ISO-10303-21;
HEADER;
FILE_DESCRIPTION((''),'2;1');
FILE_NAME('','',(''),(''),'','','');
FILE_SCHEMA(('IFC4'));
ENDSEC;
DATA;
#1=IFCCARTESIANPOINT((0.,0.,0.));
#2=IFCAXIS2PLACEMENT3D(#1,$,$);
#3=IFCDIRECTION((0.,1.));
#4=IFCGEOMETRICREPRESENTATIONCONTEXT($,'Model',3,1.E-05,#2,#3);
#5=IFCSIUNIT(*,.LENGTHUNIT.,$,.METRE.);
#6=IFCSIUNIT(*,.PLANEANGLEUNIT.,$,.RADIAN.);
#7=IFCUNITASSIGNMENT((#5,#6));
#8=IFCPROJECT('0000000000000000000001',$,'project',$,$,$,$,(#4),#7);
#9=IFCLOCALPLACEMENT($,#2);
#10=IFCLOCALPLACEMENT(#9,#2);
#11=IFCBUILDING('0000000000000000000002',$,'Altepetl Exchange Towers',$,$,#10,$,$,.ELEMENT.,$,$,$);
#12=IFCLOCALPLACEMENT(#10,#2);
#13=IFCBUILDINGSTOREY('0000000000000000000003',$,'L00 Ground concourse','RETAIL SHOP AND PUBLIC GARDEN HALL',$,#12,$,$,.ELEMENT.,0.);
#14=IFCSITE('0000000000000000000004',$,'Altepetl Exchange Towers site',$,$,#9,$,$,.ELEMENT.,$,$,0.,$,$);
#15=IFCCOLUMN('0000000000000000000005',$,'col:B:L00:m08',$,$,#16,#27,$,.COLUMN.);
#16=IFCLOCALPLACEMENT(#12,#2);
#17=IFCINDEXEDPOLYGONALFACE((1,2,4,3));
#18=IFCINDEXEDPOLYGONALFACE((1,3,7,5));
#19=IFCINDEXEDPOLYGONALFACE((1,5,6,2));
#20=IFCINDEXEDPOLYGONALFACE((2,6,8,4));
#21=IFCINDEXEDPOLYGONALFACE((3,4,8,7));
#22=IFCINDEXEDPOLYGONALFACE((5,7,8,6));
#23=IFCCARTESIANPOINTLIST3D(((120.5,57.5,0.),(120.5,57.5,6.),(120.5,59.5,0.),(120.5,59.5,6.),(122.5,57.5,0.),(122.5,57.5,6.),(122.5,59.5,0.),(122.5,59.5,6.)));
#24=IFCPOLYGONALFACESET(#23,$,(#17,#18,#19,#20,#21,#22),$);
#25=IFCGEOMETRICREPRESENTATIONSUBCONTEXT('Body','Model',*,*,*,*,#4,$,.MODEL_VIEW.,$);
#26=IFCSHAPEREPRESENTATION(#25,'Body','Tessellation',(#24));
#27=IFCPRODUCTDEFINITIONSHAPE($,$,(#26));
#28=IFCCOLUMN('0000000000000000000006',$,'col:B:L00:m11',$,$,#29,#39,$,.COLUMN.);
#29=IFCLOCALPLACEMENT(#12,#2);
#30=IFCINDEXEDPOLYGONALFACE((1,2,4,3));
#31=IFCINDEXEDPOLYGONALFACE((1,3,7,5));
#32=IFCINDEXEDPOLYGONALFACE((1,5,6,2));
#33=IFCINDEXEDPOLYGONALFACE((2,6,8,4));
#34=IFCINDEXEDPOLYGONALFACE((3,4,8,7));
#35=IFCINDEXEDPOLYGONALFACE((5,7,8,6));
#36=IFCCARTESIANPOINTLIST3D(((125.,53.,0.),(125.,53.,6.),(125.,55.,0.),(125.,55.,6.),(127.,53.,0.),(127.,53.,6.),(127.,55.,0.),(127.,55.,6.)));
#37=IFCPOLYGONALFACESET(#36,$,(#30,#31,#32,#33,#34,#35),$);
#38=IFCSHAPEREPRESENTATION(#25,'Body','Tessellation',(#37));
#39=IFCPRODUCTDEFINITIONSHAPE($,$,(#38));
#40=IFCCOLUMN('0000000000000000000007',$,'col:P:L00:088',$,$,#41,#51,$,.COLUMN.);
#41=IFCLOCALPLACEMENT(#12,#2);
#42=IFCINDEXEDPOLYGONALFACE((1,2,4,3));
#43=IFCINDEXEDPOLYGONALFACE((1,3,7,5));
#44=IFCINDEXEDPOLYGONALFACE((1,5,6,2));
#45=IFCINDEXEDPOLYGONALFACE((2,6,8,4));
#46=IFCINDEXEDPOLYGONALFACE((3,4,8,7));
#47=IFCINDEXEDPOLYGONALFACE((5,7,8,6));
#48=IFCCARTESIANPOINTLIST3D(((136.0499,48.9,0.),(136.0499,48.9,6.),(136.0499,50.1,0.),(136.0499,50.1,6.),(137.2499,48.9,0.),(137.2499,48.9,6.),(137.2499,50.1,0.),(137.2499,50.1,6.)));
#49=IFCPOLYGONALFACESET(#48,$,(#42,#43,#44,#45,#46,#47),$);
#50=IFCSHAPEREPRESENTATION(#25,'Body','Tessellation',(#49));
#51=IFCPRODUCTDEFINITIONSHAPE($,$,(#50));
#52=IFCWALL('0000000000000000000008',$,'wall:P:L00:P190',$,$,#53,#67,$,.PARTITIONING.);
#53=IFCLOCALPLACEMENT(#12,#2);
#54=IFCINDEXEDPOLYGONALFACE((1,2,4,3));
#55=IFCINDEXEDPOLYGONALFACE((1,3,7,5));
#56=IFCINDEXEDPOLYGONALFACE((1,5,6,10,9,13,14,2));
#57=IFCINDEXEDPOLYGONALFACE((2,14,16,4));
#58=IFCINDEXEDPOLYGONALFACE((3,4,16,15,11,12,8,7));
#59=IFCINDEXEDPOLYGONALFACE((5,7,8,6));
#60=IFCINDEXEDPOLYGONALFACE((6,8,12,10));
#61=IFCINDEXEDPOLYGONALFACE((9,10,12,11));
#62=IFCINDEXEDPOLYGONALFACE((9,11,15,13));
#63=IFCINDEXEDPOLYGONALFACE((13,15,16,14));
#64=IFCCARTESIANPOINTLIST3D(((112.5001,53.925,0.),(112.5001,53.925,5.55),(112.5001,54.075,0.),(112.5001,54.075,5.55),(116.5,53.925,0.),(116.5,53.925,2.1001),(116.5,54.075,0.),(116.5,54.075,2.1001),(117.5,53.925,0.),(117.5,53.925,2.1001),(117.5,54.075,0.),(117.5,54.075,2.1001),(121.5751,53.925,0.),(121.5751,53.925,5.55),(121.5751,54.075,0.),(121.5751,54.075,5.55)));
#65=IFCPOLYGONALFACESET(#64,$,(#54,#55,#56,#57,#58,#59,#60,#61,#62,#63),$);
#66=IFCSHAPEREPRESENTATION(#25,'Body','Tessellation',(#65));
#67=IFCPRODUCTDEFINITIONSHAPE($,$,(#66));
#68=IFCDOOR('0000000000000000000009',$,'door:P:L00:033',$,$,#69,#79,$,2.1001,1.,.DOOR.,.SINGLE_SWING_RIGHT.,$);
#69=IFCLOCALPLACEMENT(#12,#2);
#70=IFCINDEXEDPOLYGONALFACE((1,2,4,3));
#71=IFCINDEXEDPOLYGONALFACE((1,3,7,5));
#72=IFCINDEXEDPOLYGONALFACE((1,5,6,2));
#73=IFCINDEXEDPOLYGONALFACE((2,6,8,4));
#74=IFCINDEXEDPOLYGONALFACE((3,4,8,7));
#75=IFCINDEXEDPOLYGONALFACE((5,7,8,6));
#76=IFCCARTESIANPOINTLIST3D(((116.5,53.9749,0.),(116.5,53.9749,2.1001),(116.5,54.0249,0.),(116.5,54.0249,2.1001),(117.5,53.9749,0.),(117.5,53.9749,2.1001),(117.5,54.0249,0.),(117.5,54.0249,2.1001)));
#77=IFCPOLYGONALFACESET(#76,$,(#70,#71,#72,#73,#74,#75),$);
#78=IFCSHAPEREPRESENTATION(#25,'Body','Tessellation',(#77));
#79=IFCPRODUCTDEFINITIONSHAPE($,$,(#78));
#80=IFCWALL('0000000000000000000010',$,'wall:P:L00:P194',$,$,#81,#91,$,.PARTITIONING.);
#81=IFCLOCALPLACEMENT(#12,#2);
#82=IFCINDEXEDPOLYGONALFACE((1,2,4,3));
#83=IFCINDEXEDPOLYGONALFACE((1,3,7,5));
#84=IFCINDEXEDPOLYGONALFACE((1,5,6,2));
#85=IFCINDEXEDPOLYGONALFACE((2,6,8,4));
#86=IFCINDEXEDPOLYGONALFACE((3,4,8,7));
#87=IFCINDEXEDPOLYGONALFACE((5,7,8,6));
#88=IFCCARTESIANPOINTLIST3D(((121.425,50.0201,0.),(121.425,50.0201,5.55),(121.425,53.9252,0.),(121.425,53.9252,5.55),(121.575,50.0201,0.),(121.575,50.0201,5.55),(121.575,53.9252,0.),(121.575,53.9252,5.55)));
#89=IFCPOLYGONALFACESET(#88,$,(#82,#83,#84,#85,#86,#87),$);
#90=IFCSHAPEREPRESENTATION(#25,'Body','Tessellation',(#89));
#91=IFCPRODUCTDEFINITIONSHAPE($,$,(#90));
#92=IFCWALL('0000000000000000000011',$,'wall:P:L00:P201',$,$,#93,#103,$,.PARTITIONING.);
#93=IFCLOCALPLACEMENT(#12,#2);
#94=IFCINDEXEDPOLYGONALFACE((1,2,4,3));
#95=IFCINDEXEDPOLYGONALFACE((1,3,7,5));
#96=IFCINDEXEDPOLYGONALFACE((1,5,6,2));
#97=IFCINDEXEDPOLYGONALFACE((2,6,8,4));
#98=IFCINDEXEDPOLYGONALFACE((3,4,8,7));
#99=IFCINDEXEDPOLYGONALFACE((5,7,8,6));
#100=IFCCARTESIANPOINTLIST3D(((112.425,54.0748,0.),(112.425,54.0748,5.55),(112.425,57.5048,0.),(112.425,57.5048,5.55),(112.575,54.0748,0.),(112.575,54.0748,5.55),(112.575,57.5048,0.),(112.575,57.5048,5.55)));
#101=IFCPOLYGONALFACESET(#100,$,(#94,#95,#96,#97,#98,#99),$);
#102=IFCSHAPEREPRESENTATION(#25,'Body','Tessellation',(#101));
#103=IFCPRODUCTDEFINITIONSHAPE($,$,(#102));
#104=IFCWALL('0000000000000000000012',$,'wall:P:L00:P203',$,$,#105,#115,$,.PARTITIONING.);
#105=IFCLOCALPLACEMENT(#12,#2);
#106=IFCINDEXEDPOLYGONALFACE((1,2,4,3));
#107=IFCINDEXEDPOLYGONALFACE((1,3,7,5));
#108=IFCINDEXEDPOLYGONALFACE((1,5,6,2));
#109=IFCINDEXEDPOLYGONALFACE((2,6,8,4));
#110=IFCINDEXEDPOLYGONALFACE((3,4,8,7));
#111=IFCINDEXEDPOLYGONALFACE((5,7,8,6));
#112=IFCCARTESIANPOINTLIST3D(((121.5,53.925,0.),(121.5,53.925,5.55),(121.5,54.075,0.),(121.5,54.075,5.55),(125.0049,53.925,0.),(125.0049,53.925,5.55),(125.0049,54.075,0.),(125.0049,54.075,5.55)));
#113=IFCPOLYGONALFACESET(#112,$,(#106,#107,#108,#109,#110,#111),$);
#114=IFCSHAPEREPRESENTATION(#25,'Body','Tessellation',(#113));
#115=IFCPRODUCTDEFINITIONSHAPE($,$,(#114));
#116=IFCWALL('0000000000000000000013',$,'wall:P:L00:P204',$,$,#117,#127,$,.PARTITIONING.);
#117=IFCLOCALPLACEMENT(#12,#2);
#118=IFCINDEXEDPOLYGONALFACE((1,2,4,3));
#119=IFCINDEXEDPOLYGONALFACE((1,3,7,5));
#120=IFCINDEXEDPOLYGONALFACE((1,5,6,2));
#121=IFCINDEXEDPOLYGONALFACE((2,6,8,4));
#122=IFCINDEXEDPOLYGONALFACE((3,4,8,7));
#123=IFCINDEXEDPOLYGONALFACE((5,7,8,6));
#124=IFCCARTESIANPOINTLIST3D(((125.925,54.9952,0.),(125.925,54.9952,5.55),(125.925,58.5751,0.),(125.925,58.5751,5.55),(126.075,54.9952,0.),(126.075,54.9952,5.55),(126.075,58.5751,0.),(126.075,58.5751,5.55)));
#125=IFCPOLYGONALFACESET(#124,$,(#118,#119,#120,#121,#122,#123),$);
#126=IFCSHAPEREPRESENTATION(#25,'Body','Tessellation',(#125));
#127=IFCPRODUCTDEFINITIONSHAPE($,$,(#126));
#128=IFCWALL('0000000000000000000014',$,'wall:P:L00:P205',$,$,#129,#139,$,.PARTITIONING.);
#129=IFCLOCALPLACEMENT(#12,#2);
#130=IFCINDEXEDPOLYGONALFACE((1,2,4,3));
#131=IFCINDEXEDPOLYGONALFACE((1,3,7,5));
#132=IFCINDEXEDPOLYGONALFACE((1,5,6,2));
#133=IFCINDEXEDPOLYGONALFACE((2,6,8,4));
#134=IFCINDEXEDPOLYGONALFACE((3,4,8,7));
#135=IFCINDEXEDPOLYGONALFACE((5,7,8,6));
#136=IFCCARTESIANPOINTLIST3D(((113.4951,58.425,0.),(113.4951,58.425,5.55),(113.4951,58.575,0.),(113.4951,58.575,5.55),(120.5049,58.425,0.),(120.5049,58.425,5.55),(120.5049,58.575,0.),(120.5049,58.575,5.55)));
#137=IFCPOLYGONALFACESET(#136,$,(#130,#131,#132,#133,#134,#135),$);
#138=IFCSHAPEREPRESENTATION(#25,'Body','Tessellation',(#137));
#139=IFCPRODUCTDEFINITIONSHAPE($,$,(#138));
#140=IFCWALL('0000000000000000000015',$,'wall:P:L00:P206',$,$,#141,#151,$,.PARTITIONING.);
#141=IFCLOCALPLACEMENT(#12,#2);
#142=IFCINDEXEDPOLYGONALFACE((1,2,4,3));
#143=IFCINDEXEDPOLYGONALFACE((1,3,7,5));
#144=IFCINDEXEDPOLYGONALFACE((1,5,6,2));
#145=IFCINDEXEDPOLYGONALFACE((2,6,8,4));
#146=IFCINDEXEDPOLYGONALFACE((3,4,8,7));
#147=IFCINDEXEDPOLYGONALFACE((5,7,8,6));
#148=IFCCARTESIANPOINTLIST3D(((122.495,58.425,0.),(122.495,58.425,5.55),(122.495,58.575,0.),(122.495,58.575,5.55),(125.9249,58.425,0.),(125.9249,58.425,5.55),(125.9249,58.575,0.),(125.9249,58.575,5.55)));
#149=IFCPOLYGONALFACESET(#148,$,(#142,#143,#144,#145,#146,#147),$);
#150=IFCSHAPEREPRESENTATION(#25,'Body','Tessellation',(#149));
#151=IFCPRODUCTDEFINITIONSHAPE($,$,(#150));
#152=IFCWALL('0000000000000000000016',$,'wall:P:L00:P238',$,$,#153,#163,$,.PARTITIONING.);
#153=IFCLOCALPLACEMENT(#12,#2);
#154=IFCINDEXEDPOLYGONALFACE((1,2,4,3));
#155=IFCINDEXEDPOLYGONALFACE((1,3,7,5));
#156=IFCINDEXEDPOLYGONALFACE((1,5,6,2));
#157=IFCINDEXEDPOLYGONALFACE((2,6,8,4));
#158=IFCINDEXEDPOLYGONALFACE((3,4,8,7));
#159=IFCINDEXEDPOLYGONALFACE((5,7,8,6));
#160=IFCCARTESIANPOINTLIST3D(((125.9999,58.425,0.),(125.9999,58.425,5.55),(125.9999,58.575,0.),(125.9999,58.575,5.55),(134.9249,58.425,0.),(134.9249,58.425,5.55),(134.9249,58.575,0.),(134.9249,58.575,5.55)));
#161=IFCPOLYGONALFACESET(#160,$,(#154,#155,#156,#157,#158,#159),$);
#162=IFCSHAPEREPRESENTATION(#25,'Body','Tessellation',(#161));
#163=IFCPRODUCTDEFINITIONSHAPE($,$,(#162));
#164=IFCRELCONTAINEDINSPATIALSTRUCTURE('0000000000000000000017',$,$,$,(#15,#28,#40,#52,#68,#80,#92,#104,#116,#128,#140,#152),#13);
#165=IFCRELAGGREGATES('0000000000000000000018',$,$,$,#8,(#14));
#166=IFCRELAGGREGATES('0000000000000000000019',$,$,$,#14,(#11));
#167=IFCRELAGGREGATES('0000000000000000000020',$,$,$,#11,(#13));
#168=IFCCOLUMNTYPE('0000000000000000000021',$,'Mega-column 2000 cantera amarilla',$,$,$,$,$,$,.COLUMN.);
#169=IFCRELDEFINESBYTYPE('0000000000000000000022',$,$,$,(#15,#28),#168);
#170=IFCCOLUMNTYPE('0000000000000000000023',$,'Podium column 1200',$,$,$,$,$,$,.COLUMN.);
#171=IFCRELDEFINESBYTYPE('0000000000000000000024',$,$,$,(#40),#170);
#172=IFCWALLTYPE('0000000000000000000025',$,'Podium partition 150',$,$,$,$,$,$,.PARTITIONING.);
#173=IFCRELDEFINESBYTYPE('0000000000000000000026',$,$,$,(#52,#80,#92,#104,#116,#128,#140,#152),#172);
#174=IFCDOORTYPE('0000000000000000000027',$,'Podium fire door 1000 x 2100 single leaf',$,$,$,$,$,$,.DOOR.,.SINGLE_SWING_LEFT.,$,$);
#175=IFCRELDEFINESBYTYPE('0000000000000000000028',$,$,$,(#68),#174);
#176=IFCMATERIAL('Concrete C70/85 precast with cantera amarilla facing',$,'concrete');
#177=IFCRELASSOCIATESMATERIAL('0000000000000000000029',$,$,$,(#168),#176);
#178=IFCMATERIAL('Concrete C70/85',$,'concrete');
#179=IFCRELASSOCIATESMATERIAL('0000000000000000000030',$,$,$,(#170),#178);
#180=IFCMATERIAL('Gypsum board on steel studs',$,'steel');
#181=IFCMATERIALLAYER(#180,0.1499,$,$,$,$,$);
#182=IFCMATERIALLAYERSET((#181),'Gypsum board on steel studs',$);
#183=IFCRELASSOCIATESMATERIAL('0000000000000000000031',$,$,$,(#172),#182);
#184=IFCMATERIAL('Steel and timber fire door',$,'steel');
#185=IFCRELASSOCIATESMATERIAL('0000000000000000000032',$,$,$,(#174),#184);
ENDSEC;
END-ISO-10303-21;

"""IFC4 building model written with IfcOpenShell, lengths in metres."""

from ifc_helpers import new_model, si_unit, direction, frame, frame_2d, origin, origin_2d, place, context, subcontext, project, spatial, rectangle, extrude, material, layer, layer_set, material_profile, profile_set, type_object, element, fill, save


model = new_model("IFC4")

# Units and contexts
model_context = context("Model", 3, precision=1e-05, world=origin(), true_north=direction((0.0, 1.0)))
body_context = subcontext(model_context, "Body", "Model", "MODEL_VIEW")
ifc_project = project(units=[si_unit("LENGTHUNIT", "METRE"), si_unit("PLANEANGLEUNIT", "RADIAN")], contexts=[model_context])

# Site, building, storey
site_placement = place(None, origin())
site = spatial("IfcSite", under=ifc_project, at=site_placement, Name="Altepetl Exchange Towers site", CompositionType="ELEMENT", RefElevation=0.0)
building_placement = place(site_placement, origin())
building = spatial("IfcBuilding", under=site, at=building_placement, Name="Altepetl Exchange Towers", CompositionType="ELEMENT")
storey_placement = place(building_placement, origin())
storey = spatial("IfcBuildingStorey", under=building, at=storey_placement, Name="L00 Ground concourse", Description="RETAIL SHOP AND PUBLIC GARDEN HALL", CompositionType="ELEMENT", Elevation=0.0)

# Columns
ifc_material_1 = material(Name="Concrete C70/85 precast with cantera amarilla facing", Category="concrete")
ifc_material_profile_1 = material_profile(ifc_material_1, rectangle(XDim=2.0, YDim=2.0, at=origin_2d()), Name="2000 x 2000")
ifc_profile_set_1 = profile_set([ifc_material_profile_1], Name="Concrete C70/85 precast with cantera amarilla facing")
column_type_1 = type_object("IfcColumnType", Name="Mega-column 2000 cantera amarilla", PredefinedType="COLUMN", material=ifc_profile_set_1)
for number, where, name in (
    (1, (121.5, 58.5, 0.0), "col:B:L00:m08"),
    (2, (126.0, 54.0, 0.0), "col:B:L00:m11"),
):
    element("IfcColumn", number, at=place(storey_placement, frame(where)), inside=storey, type_object=column_type_1, Name=name, PredefinedType="COLUMN", context=body_context, shape_type="SweptSolid", body=[
        extrude(rectangle(XDim=2.0, YDim=2.0, at=origin_2d()), origin(), (0.0, 0.0, 1.0), 6.0),
    ])
ifc_material_2 = material(Name="Concrete C70/85", Category="concrete")
ifc_material_profile_2 = material_profile(ifc_material_2, rectangle(XDim=1.2, YDim=1.2, at=origin_2d()), Name="1200 x 1200")
ifc_profile_set_2 = profile_set([ifc_material_profile_2], Name="Concrete C70/85")
column_type_2 = type_object("IfcColumnType", Name="Podium column 1200", PredefinedType="COLUMN", material=ifc_profile_set_2)
column_placement = place(storey_placement, frame((136.6499, 49.5, 0.0)))
element("IfcColumn", 3, at=column_placement, inside=storey, type_object=column_type_2, Name="col:P:L00:088", PredefinedType="COLUMN", context=body_context, shape_type="SweptSolid", body=[
    extrude(rectangle(XDim=1.2, YDim=1.2, at=origin_2d()), origin(), (0.0, 0.0, 1.0), 6.0),
])

# Wall, opening, door
ifc_material_3 = material(Name="Gypsum board on steel studs", Category="steel")
ifc_layer_1 = layer(ifc_material_3, 0.1499)
ifc_layer_set_1 = layer_set([ifc_layer_1], Name="Gypsum board on steel studs")
wall_type_1 = type_object("IfcWallType", Name="Podium partition 150", PredefinedType="PARTITIONING", material=ifc_layer_set_1)
wall_1_placement = place(storey_placement, frame((112.5, 54.0, 0.0)))
wall_1 = element("IfcWall", 4, at=wall_1_placement, inside=storey, type_object=wall_type_1, Name="wall:P:L00:P190", PredefinedType="PARTITIONING", context=body_context, shape_type="SweptSolid", body=[
    extrude(rectangle(XDim=9.075, YDim=0.1499, at=frame_2d((4.5376, 0.0))), origin(), (0.0, 0.0, 1.0), 5.55),
])
opening_1_placement = place(wall_1_placement, frame((4.0, 0.0, 0.0)))
opening_1 = element("IfcOpeningElement", 5, at=opening_1_placement, cuts=wall_1, PredefinedType="OPENING", context=body_context, shape_type="SweptSolid", body=[
    extrude(rectangle(XDim=1.0, YDim=2.1001, at=frame_2d((0.5, 1.05))), frame((0.0, 0.085, 0.0), z_axis=(0.0, -1.0, 0.0), x_axis=(1.0, 0.0, 0.0)), (0.0, 0.0, 1.0), 0.1699),
])
ifc_material_4 = material(Name="Steel and timber fire door", Category="steel")
door_type_1 = type_object("IfcDoorType", Name="Podium fire door 1000 x 2100 single leaf", OperationType="SINGLE_SWING_LEFT", PredefinedType="DOOR", material=ifc_material_4)
door_1_placement = place(opening_1_placement, origin())
door_1 = element("IfcDoor", 6, at=door_1_placement, inside=storey, type_object=door_type_1, Name="door:P:L00:033", OperationType="SINGLE_SWING_RIGHT", OverallHeight=2.1001, OverallWidth=1.0, PredefinedType="DOOR", context=body_context, shape_type="SweptSolid", body=[
    extrude(rectangle(XDim=1.0, YDim=2.1001, at=frame_2d((0.5, 1.05))), frame((0.0, 0.0249, 0.0), z_axis=(0.0, -1.0, 0.0), x_axis=(1.0, 0.0, 0.0)), (0.0, 0.0, 1.0), 0.05),
])
fill(opening_1, door_1)

# Walls
wall_2_placement = place(storey_placement, frame((121.5, 50.02, 0.0), z_axis=(0.0, 0.0, 1.0), x_axis=(0.0, 1.0, 0.0)))
element("IfcWall", 7, at=wall_2_placement, inside=storey, type_object=wall_type_1, Name="wall:P:L00:P194", PredefinedType="PARTITIONING", context=body_context, shape_type="SweptSolid", body=[
    extrude(rectangle(XDim=3.905, YDim=0.1499, at=frame_2d((1.9526, 0.0))), origin(), (0.0, 0.0, 1.0), 5.55),
])
wall_3_placement = place(storey_placement, frame((112.5, 54.075, 0.0), z_axis=(0.0, 0.0, 1.0), x_axis=(0.0, 1.0, 0.0)))
element("IfcWall", 8, at=wall_3_placement, inside=storey, type_object=wall_type_1, Name="wall:P:L00:P201", PredefinedType="PARTITIONING", context=body_context, shape_type="SweptSolid", body=[
    extrude(rectangle(XDim=3.4299, YDim=0.1499, at=frame_2d((1.7148, 0.0))), origin(), (0.0, 0.0, 1.0), 5.55),
])
wall_4_placement = place(storey_placement, frame((121.5, 54.0, 0.0)))
element("IfcWall", 9, at=wall_4_placement, inside=storey, type_object=wall_type_1, Name="wall:P:L00:P203", PredefinedType="PARTITIONING", context=body_context, shape_type="SweptSolid", body=[
    extrude(rectangle(XDim=3.5049, YDim=0.1499, at=frame_2d((1.7524, 0.0))), origin(), (0.0, 0.0, 1.0), 5.55),
])
wall_5_placement = place(storey_placement, frame((126.0, 54.9951, 0.0), z_axis=(0.0, 0.0, 1.0), x_axis=(0.0, 1.0, 0.0)))
element("IfcWall", 10, at=wall_5_placement, inside=storey, type_object=wall_type_1, Name="wall:P:L00:P204", PredefinedType="PARTITIONING", context=body_context, shape_type="SweptSolid", body=[
    extrude(rectangle(XDim=3.5798, YDim=0.1499, at=frame_2d((1.79, 0.0))), origin(), (0.0, 0.0, 1.0), 5.55),
])
wall_6_placement = place(storey_placement, frame((113.4951, 58.5, 0.0)))
element("IfcWall", 11, at=wall_6_placement, inside=storey, type_object=wall_type_1, Name="wall:P:L00:P205", PredefinedType="PARTITIONING", context=body_context, shape_type="SweptSolid", body=[
    extrude(rectangle(XDim=7.0098, YDim=0.1499, at=frame_2d((3.5049, 0.0))), origin(), (0.0, 0.0, 1.0), 5.55),
])
wall_7_placement = place(storey_placement, frame((122.4951, 58.5, 0.0)))
element("IfcWall", 12, at=wall_7_placement, inside=storey, type_object=wall_type_1, Name="wall:P:L00:P206", PredefinedType="PARTITIONING", context=body_context, shape_type="SweptSolid", body=[
    extrude(rectangle(XDim=3.4299, YDim=0.1499, at=frame_2d((1.7148, 0.0))), origin(), (0.0, 0.0, 1.0), 5.55),
])
wall_8_placement = place(storey_placement, frame((126.0, 58.5, 0.0)))
element("IfcWall", 13, at=wall_8_placement, inside=storey, type_object=wall_type_1, Name="wall:P:L00:P238", PredefinedType="PARTITIONING", context=body_context, shape_type="SweptSolid", body=[
    extrude(rectangle(XDim=8.925, YDim=0.1499, at=frame_2d((4.4624, 0.0))), origin(), (0.0, 0.0, 1.0), 5.55),
])

save(model, "model.ifc")
